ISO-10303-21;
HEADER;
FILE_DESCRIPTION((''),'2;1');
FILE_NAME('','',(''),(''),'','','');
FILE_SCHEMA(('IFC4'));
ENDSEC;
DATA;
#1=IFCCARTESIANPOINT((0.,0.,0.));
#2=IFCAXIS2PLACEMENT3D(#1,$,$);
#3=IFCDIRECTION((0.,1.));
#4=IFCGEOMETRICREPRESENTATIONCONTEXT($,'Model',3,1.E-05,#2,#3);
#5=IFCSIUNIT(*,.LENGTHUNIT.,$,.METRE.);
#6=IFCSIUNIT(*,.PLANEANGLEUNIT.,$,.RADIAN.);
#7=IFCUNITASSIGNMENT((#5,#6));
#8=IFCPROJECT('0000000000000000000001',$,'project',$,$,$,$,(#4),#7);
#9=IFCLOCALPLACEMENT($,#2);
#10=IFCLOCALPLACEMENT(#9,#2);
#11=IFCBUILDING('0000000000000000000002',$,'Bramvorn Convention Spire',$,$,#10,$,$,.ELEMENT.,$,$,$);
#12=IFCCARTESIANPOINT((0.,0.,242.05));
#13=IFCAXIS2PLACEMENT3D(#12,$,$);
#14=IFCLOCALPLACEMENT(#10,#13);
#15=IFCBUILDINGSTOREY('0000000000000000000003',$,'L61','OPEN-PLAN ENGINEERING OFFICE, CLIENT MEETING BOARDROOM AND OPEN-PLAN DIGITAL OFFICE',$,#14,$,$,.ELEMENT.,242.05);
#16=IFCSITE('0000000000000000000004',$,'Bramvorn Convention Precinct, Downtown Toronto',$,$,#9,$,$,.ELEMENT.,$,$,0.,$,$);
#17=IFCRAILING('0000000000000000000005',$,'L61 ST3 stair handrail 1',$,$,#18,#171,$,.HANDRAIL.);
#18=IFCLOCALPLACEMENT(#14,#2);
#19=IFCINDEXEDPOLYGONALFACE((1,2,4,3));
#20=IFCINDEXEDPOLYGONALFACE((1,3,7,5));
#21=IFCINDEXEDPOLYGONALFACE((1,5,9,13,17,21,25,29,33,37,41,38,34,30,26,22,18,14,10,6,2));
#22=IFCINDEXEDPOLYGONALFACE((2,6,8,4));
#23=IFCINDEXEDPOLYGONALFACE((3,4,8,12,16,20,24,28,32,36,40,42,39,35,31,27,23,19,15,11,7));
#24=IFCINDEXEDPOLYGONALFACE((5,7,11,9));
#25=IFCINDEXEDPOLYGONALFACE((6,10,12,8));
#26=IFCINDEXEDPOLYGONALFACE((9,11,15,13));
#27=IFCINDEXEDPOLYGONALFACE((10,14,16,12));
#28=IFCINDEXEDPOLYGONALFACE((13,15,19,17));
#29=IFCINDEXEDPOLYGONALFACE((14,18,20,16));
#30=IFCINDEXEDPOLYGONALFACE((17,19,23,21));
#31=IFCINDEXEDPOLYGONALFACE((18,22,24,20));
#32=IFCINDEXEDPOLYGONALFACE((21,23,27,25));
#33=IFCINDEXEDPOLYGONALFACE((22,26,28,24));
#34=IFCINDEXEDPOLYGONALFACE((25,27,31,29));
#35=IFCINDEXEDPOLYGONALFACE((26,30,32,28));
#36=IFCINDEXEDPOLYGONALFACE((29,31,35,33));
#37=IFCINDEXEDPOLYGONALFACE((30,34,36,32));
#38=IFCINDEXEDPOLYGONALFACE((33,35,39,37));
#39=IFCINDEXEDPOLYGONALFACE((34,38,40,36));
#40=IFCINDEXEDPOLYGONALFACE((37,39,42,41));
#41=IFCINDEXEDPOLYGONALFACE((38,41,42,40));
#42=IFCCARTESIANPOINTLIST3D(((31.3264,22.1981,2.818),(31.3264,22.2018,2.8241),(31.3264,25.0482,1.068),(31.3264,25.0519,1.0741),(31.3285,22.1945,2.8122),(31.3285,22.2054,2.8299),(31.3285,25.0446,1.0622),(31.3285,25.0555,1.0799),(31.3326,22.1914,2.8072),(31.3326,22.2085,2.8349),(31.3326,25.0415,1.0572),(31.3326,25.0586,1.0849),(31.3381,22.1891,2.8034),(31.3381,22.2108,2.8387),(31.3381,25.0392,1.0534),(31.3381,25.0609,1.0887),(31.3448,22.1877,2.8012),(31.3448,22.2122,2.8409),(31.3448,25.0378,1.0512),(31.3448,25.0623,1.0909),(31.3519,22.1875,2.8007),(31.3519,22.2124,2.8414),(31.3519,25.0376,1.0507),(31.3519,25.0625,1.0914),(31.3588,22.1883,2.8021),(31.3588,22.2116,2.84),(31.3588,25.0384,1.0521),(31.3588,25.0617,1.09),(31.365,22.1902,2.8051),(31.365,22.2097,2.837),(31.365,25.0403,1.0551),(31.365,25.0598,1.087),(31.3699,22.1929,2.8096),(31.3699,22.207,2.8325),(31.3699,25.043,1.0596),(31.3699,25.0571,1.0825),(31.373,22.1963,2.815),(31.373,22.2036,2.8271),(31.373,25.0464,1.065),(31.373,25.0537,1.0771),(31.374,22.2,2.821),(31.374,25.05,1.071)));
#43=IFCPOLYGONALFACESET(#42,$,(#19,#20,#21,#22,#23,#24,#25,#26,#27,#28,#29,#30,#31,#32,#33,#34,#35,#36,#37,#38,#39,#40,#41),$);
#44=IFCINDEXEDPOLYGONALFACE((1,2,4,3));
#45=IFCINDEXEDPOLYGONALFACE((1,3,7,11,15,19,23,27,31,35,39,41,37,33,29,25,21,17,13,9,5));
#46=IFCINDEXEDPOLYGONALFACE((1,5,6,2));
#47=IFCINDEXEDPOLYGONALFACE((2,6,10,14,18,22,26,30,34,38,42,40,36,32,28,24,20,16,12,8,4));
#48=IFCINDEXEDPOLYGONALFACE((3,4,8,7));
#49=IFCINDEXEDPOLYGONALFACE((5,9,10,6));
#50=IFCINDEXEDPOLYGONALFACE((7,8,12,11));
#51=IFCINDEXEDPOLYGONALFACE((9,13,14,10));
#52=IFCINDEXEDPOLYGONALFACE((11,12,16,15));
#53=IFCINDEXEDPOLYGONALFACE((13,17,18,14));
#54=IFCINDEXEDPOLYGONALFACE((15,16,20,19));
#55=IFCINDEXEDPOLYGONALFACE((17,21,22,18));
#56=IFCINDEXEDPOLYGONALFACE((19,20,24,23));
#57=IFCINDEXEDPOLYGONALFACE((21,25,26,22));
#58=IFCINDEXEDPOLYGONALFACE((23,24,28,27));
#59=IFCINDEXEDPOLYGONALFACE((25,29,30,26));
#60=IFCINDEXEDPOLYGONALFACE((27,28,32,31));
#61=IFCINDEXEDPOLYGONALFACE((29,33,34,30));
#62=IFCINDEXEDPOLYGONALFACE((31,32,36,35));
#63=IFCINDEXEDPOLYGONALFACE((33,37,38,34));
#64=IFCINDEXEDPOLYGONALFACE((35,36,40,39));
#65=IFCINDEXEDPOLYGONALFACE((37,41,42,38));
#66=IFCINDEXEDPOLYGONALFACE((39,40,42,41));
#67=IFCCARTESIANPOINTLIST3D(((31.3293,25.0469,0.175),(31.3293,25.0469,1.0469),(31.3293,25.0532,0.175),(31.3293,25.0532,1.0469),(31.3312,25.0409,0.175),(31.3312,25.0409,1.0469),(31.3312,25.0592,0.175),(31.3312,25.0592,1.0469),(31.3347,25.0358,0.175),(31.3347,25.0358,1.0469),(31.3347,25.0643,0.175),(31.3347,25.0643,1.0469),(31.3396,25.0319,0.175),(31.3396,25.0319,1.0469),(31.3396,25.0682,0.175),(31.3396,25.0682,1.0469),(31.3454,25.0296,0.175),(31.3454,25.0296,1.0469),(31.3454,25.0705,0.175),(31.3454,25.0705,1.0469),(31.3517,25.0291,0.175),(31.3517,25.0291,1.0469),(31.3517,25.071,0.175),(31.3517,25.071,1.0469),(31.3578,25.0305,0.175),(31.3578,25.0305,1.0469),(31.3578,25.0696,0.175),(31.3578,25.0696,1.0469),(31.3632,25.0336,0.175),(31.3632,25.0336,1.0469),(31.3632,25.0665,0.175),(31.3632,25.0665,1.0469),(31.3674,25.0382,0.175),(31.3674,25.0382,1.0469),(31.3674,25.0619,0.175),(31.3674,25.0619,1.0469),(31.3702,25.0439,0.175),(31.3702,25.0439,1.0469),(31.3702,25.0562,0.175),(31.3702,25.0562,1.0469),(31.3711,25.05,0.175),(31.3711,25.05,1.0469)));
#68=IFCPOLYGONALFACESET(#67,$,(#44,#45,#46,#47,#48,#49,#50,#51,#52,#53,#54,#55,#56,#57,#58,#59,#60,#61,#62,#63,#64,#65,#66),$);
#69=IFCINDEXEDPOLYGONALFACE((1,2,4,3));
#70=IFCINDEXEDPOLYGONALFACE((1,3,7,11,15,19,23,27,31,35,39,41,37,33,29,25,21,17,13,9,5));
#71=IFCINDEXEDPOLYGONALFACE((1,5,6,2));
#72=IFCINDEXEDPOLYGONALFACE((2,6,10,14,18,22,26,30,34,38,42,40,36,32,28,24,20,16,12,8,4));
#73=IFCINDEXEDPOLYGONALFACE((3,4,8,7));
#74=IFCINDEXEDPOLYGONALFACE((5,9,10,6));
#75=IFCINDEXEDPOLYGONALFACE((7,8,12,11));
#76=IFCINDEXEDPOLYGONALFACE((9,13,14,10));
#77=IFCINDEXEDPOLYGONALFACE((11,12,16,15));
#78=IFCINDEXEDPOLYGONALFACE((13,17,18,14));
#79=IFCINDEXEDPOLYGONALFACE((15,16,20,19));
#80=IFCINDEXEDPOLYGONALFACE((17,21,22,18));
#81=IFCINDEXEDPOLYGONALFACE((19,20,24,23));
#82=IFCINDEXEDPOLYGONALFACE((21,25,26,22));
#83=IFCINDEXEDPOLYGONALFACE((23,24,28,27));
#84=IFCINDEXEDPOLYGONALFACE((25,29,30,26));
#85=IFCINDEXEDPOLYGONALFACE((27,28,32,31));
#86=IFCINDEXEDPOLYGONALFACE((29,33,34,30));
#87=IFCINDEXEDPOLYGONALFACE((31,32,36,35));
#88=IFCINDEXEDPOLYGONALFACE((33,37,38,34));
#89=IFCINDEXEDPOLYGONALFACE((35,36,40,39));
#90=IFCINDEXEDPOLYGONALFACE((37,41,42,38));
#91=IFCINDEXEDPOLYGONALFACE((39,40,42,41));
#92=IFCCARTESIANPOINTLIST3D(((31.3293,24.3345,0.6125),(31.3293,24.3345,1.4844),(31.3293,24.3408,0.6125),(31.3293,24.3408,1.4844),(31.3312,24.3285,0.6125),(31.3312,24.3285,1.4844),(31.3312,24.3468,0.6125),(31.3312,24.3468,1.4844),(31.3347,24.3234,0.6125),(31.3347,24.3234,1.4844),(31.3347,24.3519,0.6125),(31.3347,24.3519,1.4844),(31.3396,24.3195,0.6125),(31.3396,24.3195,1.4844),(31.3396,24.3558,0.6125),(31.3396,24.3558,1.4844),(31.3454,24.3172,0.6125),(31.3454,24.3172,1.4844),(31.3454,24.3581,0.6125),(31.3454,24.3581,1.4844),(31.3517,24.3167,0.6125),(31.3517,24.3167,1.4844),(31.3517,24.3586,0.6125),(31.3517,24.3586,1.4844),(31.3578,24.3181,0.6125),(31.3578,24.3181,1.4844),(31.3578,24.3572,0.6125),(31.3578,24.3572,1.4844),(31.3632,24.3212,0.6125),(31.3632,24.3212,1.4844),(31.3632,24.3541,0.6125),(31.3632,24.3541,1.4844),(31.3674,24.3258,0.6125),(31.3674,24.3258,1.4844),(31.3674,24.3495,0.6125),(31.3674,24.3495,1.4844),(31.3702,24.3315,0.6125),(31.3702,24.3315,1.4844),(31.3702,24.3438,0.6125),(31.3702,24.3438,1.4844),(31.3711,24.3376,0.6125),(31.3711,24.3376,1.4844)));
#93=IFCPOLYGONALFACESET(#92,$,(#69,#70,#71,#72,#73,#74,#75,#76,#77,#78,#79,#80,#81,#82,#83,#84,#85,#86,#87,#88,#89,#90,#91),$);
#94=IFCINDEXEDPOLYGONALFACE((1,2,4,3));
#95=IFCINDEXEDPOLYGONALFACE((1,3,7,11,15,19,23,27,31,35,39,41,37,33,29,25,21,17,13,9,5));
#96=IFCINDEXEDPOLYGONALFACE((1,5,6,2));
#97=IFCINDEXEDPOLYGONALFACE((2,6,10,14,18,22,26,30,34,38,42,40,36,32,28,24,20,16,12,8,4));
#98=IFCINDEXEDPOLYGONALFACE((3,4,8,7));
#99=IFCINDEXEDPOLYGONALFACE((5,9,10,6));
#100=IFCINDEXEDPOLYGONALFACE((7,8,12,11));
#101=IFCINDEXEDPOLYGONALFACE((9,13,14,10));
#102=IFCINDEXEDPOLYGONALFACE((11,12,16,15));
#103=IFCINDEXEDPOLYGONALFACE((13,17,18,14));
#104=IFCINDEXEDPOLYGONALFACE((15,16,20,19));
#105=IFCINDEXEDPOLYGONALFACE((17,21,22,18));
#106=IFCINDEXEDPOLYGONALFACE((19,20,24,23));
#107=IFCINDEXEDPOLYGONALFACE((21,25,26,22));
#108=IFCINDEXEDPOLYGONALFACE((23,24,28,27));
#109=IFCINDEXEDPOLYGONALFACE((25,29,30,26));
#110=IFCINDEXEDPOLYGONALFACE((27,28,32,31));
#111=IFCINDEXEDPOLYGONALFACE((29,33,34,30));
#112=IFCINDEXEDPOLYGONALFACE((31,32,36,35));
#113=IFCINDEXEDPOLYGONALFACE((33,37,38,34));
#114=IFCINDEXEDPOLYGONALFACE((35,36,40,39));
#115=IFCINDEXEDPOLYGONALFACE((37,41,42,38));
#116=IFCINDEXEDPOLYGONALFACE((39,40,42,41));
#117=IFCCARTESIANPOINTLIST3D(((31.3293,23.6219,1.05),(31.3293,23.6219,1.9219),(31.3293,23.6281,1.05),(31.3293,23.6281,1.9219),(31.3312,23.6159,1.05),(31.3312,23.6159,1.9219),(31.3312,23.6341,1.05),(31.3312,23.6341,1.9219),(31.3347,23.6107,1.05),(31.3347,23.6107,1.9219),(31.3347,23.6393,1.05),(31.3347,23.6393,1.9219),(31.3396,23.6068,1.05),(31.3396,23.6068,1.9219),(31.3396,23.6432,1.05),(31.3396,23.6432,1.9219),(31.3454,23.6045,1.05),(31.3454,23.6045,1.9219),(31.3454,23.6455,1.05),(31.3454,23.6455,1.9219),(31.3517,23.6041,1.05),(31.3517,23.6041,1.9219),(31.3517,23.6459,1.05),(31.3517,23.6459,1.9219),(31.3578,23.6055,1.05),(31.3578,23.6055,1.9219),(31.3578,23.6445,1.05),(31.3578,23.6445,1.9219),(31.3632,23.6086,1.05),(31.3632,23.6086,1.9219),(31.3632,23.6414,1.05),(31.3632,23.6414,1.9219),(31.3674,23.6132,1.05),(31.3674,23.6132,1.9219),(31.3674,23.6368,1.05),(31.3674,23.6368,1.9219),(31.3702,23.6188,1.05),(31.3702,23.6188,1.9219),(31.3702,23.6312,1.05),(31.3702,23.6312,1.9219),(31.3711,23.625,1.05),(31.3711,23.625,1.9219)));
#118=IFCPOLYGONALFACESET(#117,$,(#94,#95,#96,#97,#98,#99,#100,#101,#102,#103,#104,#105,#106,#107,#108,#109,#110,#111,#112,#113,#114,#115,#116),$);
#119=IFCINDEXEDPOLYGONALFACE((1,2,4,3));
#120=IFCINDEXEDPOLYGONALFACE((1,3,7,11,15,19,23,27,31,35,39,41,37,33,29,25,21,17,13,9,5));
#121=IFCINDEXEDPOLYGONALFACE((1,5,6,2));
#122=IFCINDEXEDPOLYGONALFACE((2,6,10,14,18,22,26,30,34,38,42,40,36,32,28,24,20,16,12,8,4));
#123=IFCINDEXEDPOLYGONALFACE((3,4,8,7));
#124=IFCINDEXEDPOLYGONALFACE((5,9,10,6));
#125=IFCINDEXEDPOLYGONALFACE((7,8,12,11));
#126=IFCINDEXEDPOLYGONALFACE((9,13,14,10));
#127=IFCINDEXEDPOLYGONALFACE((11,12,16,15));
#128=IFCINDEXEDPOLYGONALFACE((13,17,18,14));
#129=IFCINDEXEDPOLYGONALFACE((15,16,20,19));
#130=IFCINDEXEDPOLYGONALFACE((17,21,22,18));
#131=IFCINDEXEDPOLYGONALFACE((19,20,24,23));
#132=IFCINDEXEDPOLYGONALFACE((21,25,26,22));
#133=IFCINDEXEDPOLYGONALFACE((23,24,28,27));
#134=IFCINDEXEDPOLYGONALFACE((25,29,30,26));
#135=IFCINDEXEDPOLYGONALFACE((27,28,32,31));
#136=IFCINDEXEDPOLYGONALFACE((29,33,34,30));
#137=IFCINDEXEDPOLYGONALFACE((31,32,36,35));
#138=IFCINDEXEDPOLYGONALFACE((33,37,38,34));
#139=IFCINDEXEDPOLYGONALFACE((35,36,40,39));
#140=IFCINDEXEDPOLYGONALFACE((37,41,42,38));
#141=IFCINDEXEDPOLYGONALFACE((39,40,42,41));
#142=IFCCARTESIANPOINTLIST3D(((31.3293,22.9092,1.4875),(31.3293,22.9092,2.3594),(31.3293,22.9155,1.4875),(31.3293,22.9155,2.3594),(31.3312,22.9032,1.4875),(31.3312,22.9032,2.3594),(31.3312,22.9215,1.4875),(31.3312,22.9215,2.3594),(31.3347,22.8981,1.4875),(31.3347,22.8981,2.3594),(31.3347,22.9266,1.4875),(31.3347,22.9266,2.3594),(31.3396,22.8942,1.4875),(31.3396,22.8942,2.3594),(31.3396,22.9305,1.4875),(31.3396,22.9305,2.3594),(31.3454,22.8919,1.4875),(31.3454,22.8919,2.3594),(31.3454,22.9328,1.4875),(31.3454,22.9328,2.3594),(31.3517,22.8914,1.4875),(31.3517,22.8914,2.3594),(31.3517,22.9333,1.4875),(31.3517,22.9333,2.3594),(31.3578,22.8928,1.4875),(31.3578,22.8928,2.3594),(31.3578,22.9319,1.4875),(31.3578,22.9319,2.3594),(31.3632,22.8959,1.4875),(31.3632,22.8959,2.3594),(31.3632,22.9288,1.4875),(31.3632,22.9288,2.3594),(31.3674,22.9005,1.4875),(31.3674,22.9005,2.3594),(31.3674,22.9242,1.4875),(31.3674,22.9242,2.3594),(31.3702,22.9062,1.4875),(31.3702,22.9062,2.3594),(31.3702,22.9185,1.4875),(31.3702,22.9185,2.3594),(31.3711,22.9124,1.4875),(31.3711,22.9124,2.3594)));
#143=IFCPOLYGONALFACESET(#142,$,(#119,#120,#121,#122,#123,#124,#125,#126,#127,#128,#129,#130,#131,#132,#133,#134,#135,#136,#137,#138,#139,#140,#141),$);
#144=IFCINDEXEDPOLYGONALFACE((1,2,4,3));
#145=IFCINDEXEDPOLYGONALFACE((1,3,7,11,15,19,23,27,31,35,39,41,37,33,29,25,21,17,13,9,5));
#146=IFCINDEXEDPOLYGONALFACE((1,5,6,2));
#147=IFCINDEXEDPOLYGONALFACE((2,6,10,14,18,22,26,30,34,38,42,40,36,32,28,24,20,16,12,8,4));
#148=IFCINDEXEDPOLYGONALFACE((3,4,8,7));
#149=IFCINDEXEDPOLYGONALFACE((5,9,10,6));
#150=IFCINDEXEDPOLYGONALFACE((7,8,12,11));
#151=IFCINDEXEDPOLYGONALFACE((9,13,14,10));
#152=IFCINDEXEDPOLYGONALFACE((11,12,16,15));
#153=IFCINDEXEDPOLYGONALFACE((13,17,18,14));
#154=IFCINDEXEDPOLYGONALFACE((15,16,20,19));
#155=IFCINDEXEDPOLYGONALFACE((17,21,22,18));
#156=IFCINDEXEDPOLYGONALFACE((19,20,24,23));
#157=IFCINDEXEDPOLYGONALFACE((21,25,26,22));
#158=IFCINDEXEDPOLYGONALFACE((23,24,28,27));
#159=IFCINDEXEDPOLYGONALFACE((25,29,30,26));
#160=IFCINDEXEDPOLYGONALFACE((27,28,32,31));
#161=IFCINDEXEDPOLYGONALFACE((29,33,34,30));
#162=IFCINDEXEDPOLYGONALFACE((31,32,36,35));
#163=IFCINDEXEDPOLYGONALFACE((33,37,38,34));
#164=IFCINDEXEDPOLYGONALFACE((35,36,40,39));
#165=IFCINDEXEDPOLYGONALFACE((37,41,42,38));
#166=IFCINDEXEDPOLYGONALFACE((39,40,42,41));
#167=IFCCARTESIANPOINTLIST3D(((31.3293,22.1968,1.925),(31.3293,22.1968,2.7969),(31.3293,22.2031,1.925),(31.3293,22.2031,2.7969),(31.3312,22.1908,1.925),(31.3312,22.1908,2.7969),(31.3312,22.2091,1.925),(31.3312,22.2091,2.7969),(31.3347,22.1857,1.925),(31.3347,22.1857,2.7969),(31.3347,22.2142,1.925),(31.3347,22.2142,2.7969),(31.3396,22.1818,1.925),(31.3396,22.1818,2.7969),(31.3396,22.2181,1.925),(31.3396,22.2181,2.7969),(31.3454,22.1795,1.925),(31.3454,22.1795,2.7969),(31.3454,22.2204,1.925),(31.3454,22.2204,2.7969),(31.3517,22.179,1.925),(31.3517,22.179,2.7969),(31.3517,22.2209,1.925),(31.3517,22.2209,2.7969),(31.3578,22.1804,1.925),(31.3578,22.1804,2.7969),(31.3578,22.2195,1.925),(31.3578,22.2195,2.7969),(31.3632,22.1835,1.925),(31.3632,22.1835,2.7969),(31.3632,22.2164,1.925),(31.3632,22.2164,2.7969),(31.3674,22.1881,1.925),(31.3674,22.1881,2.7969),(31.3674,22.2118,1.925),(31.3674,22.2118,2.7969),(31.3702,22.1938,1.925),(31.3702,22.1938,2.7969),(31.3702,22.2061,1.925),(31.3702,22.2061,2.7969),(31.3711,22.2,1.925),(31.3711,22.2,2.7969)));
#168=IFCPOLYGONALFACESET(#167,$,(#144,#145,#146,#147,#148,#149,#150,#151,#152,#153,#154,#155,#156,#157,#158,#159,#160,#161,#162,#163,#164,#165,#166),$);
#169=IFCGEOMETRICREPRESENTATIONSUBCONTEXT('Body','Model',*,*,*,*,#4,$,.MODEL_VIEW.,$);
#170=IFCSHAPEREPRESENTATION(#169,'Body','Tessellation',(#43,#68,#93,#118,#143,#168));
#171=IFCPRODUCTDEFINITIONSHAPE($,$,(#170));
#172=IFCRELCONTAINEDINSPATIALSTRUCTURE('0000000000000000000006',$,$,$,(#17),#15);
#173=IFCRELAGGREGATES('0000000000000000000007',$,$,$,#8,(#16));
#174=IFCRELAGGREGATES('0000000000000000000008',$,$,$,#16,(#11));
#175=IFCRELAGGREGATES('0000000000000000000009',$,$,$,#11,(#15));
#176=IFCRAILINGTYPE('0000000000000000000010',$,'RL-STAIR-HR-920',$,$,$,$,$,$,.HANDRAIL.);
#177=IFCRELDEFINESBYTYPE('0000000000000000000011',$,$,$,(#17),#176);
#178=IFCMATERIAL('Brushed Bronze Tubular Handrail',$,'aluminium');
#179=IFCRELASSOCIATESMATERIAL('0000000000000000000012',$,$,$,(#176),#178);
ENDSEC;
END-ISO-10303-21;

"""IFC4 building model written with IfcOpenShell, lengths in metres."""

from ifc_helpers import new_model, si_unit, direction, frame, origin, origin_2d, place, context, subcontext, project, spatial, circle, extrude, material, type_object, element, save


model = new_model("IFC4")

# Units and contexts
model_context = context("Model", 3, precision=1e-05, world=origin(), true_north=direction((0.0, 1.0)))
body_context = subcontext(model_context, "Body", "Model", "MODEL_VIEW")
ifc_project = project(units=[si_unit("LENGTHUNIT", "METRE"), si_unit("PLANEANGLEUNIT", "RADIAN")], contexts=[model_context])

# Site, building, storey
site_placement = place(None, origin())
site = spatial("IfcSite", under=ifc_project, at=site_placement, Name="Bramvorn Convention Precinct, Downtown Toronto", CompositionType="ELEMENT", RefElevation=0.0)
building_placement = place(site_placement, origin())
building = spatial("IfcBuilding", under=site, at=building_placement, Name="Bramvorn Convention Spire", CompositionType="ELEMENT")
storey_placement = place(building_placement, frame((0.0, 0.0, 242.05)))
storey = spatial("IfcBuildingStorey", under=building, at=storey_placement, Name="L61", Description="OPEN-PLAN ENGINEERING OFFICE, CLIENT MEETING BOARDROOM AND OPEN-PLAN DIGITAL OFFICE", CompositionType="ELEMENT", Elevation=242.05)

# Railing
ifc_material_1 = material(Name="Brushed Bronze Tubular Handrail", Category="aluminium")
railing_type_1 = type_object("IfcRailingType", Name="RL-STAIR-HR-920", PredefinedType="HANDRAIL", material=ifc_material_1)
railing_1_placement = place(storey_placement, frame((31.3501, 25.05, 0.175)))
element("IfcRailing", 1, at=railing_1_placement, inside=storey, type_object=railing_type_1, Name="L61 ST3 stair handrail 1", PredefinedType="HANDRAIL", context=body_context, shape_type="SweptSolid", body=[
    extrude(circle(Radius=0.0239, at=origin_2d()), frame((0.0, 0.0, 0.896), z_axis=(0.0, -0.852179, 0.52325), x_axis=(1.0, 0.0, 0.0)), (0.0, 0.0, 1.0), 3.3445),
    extrude(circle(Radius=0.021, at=origin_2d()), origin(), (0.0, 0.0, 1.0), 0.8718),
    extrude(circle(Radius=0.021, at=origin_2d()), frame((0.0, -0.7124, 0.4375)), (0.0, 0.0, 1.0), 0.8718),
    extrude(circle(Radius=0.021, at=origin_2d()), frame((0.0, -1.425, 0.875)), (0.0, 0.0, 1.0), 0.8718),
    extrude(circle(Radius=0.021, at=origin_2d()), frame((0.0, -2.1377, 1.3125)), (0.0, 0.0, 1.0), 0.8718),
    extrude(circle(Radius=0.021, at=origin_2d()), frame((0.0, -2.8501, 1.75)), (0.0, 0.0, 1.0), 0.8718),
])

save(model, "model.ifc")
